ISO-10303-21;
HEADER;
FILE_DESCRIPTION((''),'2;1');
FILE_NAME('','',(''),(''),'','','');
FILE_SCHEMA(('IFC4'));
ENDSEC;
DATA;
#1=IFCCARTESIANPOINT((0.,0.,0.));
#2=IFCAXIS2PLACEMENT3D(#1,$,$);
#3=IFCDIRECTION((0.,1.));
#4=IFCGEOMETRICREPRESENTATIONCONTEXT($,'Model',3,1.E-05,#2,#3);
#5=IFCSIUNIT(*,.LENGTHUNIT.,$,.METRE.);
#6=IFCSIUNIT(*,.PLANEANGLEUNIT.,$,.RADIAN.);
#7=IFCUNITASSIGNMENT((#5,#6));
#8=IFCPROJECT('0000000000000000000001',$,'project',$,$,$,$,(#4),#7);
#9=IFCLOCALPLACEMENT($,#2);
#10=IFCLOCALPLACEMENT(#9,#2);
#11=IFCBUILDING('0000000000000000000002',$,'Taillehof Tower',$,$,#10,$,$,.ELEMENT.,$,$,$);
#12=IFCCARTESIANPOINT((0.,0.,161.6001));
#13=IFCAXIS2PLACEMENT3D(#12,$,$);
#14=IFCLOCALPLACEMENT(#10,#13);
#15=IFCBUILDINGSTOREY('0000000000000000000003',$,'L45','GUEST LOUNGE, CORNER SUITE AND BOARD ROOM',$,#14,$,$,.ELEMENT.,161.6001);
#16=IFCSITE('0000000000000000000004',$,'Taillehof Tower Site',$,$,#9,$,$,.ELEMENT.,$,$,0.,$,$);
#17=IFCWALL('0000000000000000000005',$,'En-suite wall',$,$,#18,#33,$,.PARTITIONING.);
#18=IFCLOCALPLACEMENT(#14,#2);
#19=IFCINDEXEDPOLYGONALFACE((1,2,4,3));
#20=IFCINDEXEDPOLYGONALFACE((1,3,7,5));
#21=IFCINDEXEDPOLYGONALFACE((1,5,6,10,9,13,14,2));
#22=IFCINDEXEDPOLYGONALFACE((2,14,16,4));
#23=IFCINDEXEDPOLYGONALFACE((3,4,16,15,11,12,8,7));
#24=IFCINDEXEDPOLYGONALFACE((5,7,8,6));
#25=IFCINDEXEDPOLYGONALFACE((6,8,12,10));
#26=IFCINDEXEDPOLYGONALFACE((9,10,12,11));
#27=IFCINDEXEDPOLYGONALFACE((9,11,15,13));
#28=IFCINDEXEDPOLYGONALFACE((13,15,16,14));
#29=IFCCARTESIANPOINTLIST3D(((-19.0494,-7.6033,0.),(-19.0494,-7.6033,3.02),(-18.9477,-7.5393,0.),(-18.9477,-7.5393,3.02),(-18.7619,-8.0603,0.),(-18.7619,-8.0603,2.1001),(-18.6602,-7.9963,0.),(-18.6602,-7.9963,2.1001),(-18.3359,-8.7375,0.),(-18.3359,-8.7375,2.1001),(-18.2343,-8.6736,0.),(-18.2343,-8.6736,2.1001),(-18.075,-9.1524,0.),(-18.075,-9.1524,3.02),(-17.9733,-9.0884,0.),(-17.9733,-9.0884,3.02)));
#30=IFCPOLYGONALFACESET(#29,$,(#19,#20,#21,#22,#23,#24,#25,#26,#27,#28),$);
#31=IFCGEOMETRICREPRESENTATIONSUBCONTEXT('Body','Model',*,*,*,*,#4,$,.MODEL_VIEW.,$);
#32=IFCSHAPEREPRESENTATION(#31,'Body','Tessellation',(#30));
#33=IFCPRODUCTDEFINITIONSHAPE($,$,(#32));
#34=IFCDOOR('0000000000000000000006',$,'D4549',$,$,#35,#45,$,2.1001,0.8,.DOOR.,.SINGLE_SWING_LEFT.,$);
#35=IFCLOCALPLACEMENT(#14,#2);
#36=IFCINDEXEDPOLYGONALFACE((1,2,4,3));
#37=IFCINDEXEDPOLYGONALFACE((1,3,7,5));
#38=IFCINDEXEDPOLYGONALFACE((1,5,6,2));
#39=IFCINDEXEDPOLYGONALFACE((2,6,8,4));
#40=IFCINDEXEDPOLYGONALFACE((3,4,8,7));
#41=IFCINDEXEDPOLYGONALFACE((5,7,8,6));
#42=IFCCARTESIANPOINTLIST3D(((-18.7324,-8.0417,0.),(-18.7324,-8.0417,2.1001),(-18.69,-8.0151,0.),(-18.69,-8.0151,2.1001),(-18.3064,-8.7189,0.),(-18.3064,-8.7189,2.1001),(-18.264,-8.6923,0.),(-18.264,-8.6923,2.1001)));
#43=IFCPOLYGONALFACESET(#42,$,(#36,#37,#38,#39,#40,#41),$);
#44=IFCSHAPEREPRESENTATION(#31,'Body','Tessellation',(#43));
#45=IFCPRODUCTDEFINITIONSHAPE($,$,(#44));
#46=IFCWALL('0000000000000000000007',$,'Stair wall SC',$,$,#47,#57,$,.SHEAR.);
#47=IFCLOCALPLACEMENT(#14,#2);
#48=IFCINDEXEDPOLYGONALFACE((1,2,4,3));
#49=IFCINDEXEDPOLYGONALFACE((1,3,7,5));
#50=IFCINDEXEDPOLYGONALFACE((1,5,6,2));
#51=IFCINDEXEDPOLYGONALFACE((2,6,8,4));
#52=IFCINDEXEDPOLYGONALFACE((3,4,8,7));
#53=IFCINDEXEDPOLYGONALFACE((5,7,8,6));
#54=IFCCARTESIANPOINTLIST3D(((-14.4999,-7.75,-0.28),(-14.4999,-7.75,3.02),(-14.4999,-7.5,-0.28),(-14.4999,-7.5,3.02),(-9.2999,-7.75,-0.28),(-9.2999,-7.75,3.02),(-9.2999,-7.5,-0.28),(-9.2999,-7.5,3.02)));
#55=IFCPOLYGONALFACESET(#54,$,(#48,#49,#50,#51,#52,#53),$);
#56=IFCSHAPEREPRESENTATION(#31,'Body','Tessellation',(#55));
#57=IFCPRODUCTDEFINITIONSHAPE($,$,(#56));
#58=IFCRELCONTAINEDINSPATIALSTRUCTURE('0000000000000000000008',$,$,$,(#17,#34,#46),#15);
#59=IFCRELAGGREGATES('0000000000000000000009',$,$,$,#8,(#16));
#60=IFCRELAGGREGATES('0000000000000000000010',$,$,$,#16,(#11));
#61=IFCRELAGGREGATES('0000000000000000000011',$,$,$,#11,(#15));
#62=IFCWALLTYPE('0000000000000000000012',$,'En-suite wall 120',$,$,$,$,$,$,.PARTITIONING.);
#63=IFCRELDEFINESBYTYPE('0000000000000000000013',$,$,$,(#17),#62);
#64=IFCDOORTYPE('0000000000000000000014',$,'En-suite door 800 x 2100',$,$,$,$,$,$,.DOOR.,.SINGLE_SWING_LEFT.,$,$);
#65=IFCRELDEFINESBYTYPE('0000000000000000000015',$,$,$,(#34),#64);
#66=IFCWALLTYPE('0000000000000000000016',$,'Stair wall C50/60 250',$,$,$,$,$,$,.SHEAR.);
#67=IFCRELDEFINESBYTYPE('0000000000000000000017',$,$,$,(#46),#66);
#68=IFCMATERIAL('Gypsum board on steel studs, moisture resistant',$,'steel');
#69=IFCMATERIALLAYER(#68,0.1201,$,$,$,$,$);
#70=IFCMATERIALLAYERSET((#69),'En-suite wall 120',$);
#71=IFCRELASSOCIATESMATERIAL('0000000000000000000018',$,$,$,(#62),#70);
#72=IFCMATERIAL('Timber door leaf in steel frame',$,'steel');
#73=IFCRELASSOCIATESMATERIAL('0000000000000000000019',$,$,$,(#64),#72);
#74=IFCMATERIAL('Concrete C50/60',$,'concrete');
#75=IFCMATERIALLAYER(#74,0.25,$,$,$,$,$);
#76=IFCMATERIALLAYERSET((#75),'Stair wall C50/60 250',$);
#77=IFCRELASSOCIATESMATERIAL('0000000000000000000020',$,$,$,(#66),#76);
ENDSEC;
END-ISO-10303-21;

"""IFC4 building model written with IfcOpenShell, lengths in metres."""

from ifc_helpers import new_model, si_unit, direction, frame, frame_2d, origin, place, context, subcontext, project, spatial, rectangle, extrude, material, layer, layer_set, type_object, element, fill, save


model = new_model("IFC4")

# Units and contexts
model_context = context("Model", 3, precision=1e-05, world=origin(), true_north=direction((0.0, 1.0)))
body_context = subcontext(model_context, "Body", "Model", "MODEL_VIEW")
ifc_project = project(units=[si_unit("LENGTHUNIT", "METRE"), si_unit("PLANEANGLEUNIT", "RADIAN")], contexts=[model_context])

# Site, building, storey
site_placement = place(None, origin())
site = spatial("IfcSite", under=ifc_project, at=site_placement, Name="Taillehof Tower Site", CompositionType="ELEMENT", RefElevation=0.0)
building_placement = place(site_placement, origin())
building = spatial("IfcBuilding", under=site, at=building_placement, Name="Taillehof Tower", CompositionType="ELEMENT")
storey_placement = place(building_placement, frame((0.0, 0.0, 161.6001)))
storey = spatial("IfcBuildingStorey", under=building, at=storey_placement, Name="L45", Description="GUEST LOUNGE, CORNER SUITE AND BOARD ROOM", CompositionType="ELEMENT", Elevation=161.6001)

# Shared definitions
ifc_material_1 = material(Name="Gypsum board on steel studs, moisture resistant", Category="steel")
ifc_layer_1 = layer(ifc_material_1, 0.1201)
ifc_layer_set_1 = layer_set([ifc_layer_1], Name="En-suite wall 120")
wall_type_1 = type_object("IfcWallType", Name="En-suite wall 120", PredefinedType="PARTITIONING", material=ifc_layer_set_1)

# Wall, opening, door
wall_1_placement = place(storey_placement, frame((-18.9985, -7.5713, 0.0), z_axis=(0.0, 0.0, 1.0), x_axis=(0.532431, -0.846473, 0.0)))
wall_1 = element("IfcWall", 1, at=wall_1_placement, inside=storey, type_object=wall_type_1, Name="En-suite wall", PredefinedType="PARTITIONING", context=body_context, shape_type="SweptSolid", body=[
    extrude(rectangle(XDim=1.8301, YDim=0.1201, at=frame_2d((0.915, 0.0))), origin(), (0.0, 0.0, 1.0), 3.02),
])
opening_1_placement = place(wall_1_placement, frame((0.54, 0.0, 0.0)))
opening_1 = element("IfcOpeningElement", 2, at=opening_1_placement, cuts=wall_1, PredefinedType="OPENING", context=body_context, shape_type="SweptSolid", body=[
    extrude(rectangle(XDim=0.8, YDim=2.1001, at=frame_2d((0.3999, 1.05))), frame((0.0, 0.0701, 0.0), z_axis=(0.0, -1.0, 0.0), x_axis=(1.0, 0.0, 0.0)), (0.0, 0.0, 1.0), 0.1401),
])
ifc_material_2 = material(Name="Timber door leaf in steel frame", Category="steel")
door_type_1 = type_object("IfcDoorType", Name="En-suite door 800 x 2100", OperationType="SINGLE_SWING_LEFT", PredefinedType="DOOR", material=ifc_material_2)
door_1_placement = place(opening_1_placement, origin())
door_1 = element("IfcDoor", 3, at=door_1_placement, inside=storey, type_object=door_type_1, Name="D4549", OperationType="SINGLE_SWING_LEFT", OverallHeight=2.1001, OverallWidth=0.8, PredefinedType="DOOR", context=body_context, shape_type="SweptSolid", body=[
    extrude(rectangle(XDim=0.8, YDim=2.1001, at=frame_2d((0.3999, 1.05))), frame((0.0, 0.0249, 0.0), z_axis=(0.0, -1.0, 0.0), x_axis=(1.0, 0.0, 0.0)), (0.0, 0.0, 1.0), 0.05),
])
fill(opening_1, door_1)

# Wall
ifc_material_3 = material(Name="Concrete C50/60", Category="concrete")
ifc_layer_2 = layer(ifc_material_3, 0.25)
ifc_layer_set_2 = layer_set([ifc_layer_2], Name="Stair wall C50/60 250")
wall_type_2 = type_object("IfcWallType", Name="Stair wall C50/60 250", PredefinedType="SHEAR", material=ifc_layer_set_2)
wall_2_placement = place(storey_placement, frame((-14.5, -7.625, -0.28), z_axis=(0.0, 0.0, 1.0), x_axis=(1.0, 0.0, 0.0)))
element("IfcWall", 4, at=wall_2_placement, inside=storey, type_object=wall_type_2, Name="Stair wall SC", PredefinedType="SHEAR", context=body_context, shape_type="SweptSolid", body=[
    extrude(rectangle(XDim=5.2, YDim=0.25, at=frame_2d((2.6001, 0.0))), origin(), (0.0, 0.0, 1.0), 3.3),
])

save(model, "model.ifc")
